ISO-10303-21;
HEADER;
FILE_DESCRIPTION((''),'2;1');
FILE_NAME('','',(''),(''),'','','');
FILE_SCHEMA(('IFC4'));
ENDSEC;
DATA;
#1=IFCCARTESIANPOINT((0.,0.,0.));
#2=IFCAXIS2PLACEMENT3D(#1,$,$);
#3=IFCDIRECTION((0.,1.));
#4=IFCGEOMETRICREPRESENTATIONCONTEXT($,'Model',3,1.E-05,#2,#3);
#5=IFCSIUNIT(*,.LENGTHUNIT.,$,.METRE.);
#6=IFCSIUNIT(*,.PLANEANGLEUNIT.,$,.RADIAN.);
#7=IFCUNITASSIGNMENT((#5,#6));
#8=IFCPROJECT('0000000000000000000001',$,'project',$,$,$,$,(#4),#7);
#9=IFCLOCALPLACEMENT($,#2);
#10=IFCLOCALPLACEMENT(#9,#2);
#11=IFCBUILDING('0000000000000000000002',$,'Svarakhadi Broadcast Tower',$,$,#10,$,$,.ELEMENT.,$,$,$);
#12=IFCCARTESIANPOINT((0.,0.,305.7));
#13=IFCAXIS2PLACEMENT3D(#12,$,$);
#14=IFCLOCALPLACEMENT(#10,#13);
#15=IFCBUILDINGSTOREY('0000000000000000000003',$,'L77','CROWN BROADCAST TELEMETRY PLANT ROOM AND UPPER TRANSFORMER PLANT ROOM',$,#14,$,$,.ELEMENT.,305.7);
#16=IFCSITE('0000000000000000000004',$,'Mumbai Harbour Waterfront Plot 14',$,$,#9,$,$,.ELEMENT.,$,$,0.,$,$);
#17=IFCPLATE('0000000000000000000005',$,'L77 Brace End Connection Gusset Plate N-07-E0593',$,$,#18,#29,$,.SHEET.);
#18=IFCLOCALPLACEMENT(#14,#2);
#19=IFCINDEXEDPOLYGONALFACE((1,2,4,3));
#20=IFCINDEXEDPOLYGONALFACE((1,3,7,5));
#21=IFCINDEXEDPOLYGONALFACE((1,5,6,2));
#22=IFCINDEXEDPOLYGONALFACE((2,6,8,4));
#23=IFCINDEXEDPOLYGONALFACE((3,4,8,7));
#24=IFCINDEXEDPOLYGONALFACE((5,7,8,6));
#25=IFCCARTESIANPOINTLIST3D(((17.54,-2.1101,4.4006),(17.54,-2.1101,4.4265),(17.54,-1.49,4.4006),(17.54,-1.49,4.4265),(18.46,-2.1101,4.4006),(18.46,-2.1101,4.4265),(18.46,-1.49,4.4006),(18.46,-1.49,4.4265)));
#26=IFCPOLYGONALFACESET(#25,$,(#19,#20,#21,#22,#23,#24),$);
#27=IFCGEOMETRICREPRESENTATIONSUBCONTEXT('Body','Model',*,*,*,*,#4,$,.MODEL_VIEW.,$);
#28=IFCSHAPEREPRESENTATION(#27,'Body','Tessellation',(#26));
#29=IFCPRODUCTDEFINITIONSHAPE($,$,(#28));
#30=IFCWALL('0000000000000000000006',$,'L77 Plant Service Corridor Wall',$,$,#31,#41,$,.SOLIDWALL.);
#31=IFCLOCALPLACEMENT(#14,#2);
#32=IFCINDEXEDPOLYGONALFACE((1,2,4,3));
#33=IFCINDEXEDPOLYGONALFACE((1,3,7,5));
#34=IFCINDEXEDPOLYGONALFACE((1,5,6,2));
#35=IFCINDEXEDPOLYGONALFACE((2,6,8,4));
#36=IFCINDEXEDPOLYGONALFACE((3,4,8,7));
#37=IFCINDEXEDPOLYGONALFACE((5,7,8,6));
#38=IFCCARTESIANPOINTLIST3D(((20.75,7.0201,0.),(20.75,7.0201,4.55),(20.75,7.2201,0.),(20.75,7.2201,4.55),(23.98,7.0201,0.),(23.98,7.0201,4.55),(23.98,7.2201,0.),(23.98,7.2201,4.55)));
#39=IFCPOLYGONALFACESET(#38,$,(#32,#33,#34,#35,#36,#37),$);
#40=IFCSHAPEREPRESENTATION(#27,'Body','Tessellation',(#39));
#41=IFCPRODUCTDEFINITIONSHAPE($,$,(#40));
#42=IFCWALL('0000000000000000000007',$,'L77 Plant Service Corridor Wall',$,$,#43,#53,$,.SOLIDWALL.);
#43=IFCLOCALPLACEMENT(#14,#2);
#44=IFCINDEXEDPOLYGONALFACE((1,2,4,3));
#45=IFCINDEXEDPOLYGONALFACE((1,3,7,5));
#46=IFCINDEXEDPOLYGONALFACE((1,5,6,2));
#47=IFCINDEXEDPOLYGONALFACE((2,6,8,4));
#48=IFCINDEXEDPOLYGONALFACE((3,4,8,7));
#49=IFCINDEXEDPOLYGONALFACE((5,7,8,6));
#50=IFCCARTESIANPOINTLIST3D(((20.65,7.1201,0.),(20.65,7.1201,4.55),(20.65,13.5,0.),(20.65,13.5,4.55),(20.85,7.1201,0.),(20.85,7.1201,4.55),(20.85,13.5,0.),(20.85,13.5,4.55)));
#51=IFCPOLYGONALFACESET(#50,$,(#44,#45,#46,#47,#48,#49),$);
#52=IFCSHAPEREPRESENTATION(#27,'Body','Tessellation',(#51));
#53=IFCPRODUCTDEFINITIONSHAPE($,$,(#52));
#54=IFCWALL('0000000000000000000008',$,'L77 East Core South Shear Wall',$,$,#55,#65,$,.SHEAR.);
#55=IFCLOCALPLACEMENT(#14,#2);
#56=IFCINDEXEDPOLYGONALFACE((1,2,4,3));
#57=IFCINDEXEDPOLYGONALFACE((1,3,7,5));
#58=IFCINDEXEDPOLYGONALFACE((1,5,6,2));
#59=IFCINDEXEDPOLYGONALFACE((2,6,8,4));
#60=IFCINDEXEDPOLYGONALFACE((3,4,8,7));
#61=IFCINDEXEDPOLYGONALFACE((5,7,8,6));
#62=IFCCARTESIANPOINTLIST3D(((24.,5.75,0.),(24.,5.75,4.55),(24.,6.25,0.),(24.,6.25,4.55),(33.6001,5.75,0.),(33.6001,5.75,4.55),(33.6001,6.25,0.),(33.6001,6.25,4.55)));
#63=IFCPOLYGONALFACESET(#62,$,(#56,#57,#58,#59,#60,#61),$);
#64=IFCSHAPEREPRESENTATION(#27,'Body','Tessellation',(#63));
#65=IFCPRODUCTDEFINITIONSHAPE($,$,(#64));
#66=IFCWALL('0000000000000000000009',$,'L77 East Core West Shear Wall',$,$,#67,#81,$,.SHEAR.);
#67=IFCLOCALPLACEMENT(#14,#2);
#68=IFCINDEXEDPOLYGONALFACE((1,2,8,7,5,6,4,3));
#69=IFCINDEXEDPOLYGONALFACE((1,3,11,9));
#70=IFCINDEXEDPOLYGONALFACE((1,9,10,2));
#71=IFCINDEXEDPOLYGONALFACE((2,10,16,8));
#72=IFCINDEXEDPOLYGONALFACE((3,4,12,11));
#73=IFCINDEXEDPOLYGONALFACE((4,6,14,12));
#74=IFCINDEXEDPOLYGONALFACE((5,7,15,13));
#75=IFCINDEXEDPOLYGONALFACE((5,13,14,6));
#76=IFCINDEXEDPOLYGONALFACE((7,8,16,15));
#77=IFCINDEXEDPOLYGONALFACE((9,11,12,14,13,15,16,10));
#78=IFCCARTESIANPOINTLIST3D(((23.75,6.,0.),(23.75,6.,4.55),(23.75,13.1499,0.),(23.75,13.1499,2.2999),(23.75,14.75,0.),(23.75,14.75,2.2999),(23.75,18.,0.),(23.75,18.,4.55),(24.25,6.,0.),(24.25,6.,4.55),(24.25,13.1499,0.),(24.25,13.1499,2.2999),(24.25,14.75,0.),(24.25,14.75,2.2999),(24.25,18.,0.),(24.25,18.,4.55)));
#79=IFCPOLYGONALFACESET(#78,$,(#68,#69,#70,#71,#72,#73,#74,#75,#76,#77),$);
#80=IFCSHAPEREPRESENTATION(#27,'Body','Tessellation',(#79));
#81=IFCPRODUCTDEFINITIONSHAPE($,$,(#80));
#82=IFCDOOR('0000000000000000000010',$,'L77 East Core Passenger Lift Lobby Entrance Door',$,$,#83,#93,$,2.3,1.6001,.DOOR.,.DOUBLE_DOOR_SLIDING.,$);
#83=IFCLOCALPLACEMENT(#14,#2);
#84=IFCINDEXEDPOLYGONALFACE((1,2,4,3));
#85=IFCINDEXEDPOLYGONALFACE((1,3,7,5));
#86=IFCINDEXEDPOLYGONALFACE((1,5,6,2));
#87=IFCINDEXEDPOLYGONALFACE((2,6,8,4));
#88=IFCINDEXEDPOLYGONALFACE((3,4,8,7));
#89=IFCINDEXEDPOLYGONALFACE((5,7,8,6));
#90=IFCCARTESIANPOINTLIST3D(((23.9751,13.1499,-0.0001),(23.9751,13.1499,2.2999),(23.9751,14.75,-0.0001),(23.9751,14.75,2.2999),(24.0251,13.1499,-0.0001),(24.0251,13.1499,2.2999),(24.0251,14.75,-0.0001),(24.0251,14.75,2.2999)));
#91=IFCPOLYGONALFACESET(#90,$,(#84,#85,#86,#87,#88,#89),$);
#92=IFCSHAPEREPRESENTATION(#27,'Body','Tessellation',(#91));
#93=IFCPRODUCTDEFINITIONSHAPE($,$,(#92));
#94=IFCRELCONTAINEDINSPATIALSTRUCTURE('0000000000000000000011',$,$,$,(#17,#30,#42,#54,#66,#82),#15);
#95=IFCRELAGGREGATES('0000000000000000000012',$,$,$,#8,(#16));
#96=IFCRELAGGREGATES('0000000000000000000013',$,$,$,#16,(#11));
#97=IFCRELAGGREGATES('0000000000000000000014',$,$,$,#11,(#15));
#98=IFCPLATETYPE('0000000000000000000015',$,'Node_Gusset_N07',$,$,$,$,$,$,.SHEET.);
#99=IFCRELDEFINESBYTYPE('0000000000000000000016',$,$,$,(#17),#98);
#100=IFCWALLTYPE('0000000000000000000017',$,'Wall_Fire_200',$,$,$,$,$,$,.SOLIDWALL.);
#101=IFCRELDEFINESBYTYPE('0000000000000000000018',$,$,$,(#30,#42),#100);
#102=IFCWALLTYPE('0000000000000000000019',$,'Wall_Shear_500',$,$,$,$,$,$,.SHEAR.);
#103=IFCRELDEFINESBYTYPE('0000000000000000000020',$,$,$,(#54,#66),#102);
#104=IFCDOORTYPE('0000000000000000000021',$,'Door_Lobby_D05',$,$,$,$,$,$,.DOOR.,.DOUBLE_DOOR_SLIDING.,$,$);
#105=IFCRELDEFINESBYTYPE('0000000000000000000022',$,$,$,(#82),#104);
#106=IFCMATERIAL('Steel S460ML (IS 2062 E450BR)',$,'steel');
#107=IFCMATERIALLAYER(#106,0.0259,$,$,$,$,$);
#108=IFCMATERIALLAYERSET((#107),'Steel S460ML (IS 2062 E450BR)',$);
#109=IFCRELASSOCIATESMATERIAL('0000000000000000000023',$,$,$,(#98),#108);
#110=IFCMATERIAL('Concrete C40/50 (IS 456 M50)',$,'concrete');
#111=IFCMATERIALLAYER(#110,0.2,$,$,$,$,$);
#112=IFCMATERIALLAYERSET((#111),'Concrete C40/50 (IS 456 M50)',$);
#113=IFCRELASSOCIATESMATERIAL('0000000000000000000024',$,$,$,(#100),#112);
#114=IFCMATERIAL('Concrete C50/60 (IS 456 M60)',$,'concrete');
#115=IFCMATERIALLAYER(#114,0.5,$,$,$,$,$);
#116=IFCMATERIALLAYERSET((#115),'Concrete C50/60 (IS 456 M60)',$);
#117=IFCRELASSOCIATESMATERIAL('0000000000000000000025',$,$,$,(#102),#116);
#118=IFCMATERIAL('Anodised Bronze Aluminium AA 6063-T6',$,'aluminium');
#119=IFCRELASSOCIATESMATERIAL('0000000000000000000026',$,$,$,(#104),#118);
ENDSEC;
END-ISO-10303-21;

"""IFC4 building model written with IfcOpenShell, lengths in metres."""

from ifc_helpers import new_model, si_unit, direction, frame, frame_2d, origin, origin_2d, place, context, subcontext, project, spatial, rectangle, extrude, material, layer, layer_set, type_object, element, fill, save


model = new_model("IFC4")

# Units and contexts
model_context = context("Model", 3, precision=1e-05, world=origin(), true_north=direction((0.0, 1.0)))
body_context = subcontext(model_context, "Body", "Model", "MODEL_VIEW")
ifc_project = project(units=[si_unit("LENGTHUNIT", "METRE"), si_unit("PLANEANGLEUNIT", "RADIAN")], contexts=[model_context])

# Site, building, storey
site_placement = place(None, origin())
site = spatial("IfcSite", under=ifc_project, at=site_placement, Name="Mumbai Harbour Waterfront Plot 14", CompositionType="ELEMENT", RefElevation=0.0)
building_placement = place(site_placement, origin())
building = spatial("IfcBuilding", under=site, at=building_placement, Name="Svarakhadi Broadcast Tower", CompositionType="ELEMENT")
storey_placement = place(building_placement, frame((0.0, 0.0, 305.7)))
storey = spatial("IfcBuildingStorey", under=building, at=storey_placement, Name="L77", Description="CROWN BROADCAST TELEMETRY PLANT ROOM AND UPPER TRANSFORMER PLANT ROOM", CompositionType="ELEMENT", Elevation=305.7)

# Shared definitions
ifc_material_1 = material(Name="Concrete C50/60 (IS 456 M60)", Category="concrete")
ifc_material_2 = material(Name="Steel S460ML (IS 2062 E450BR)", Category="steel")

# Plate
ifc_material_3 = material(Name="Anodised Bronze Aluminium AA 6063-T6", Category="aluminium")
ifc_layer_1 = layer(ifc_material_2, 0.0259)
ifc_layer_set_1 = layer_set([ifc_layer_1], Name="Steel S460ML (IS 2062 E450BR)")
plate_type_1 = type_object("IfcPlateType", Name="Node_Gusset_N07", PredefinedType="SHEET", material=ifc_layer_set_1)
plate_1_placement = place(storey_placement, frame((18.0, -1.8, 4.4006), z_axis=(0.0, 0.0, 1.0), x_axis=(1.0, 0.0, 0.0)))
element("IfcPlate", 1, at=plate_1_placement, inside=storey, type_object=plate_type_1, Name="L77 Brace End Connection Gusset Plate N-07-E0593", PredefinedType="SHEET", context=body_context, shape_type="SweptSolid", body=[
    extrude(rectangle(XDim=0.9199, YDim=0.6201, at=origin_2d()), origin(), (0.0, 0.0, 1.0), 0.0259),
])

# Walls
ifc_material_4 = material(Name="Concrete C40/50 (IS 456 M50)", Category="concrete")
ifc_layer_2 = layer(ifc_material_4, 0.2)
ifc_layer_set_2 = layer_set([ifc_layer_2], Name="Concrete C40/50 (IS 456 M50)")
wall_type_1 = type_object("IfcWallType", Name="Wall_Fire_200", PredefinedType="SOLIDWALL", material=ifc_layer_set_2)
wall_1_placement = place(storey_placement, frame((23.98, 7.1201, 0.0), z_axis=(0.0, 0.0, 1.0), x_axis=(-1.0, 0.0, 0.0)))
element("IfcWall", 2, at=wall_1_placement, inside=storey, type_object=wall_type_1, Name="L77 Plant Service Corridor Wall", PredefinedType="SOLIDWALL", context=body_context, shape_type="SweptSolid", body=[
    extrude(rectangle(XDim=3.23, YDim=0.2, at=frame_2d((1.615, 0.0))), origin(), (0.0, 0.0, 1.0), 4.55),
])
wall_2_placement = place(storey_placement, frame((20.75, 7.1201, 0.0), z_axis=(0.0, 0.0, 1.0), x_axis=(0.0, 1.0, 0.0)))
element("IfcWall", 3, at=wall_2_placement, inside=storey, type_object=wall_type_1, Name="L77 Plant Service Corridor Wall", PredefinedType="SOLIDWALL", context=body_context, shape_type="SweptSolid", body=[
    extrude(rectangle(XDim=6.3799, YDim=0.2, at=frame_2d((3.1899, 0.0))), origin(), (0.0, 0.0, 1.0), 4.55),
])
ifc_layer_3 = layer(ifc_material_1, 0.5)
ifc_layer_set_3 = layer_set([ifc_layer_3], Name="Concrete C50/60 (IS 456 M60)")
wall_type_2 = type_object("IfcWallType", Name="Wall_Shear_500", PredefinedType="SHEAR", material=ifc_layer_set_3)
wall_3_placement = place(storey_placement, frame((24.0, 6.0, 0.0), z_axis=(0.0, 0.0, 1.0), x_axis=(1.0, 0.0, 0.0)))
element("IfcWall", 4, at=wall_3_placement, inside=storey, type_object=wall_type_2, Name="L77 East Core South Shear Wall", PredefinedType="SHEAR", context=body_context, shape_type="SweptSolid", body=[
    extrude(rectangle(XDim=9.6001, YDim=0.5, at=frame_2d((4.8, 0.0))), origin(), (0.0, 0.0, 1.0), 4.55),
])

# Wall, opening, door
wall_4_placement = place(storey_placement, frame((24.0, 6.0, 0.0), z_axis=(0.0, 0.0, 1.0), x_axis=(0.0, 1.0, 0.0)))
wall_4 = element("IfcWall", 5, at=wall_4_placement, inside=storey, type_object=wall_type_2, Name="L77 East Core West Shear Wall", PredefinedType="SHEAR", context=body_context, shape_type="SweptSolid", body=[
    extrude(rectangle(XDim=12.0, YDim=0.5, at=frame_2d((6.0, 0.0))), origin(), (0.0, 0.0, 1.0), 4.55),
])
opening_placement = place(wall_4_placement, frame((7.1499, 0.0, 0.0)))
opening = element("IfcOpeningElement", 6, at=opening_placement, cuts=wall_4, PredefinedType="OPENING", context=body_context, shape_type="SweptSolid", body=[
    extrude(rectangle(XDim=1.6001, YDim=2.3, at=frame_2d((0.8, 1.1499))), frame((0.0, 0.26, 0.0), z_axis=(0.0, -1.0, 0.0), x_axis=(1.0, 0.0, 0.0)), (0.0, 0.0, 1.0), 0.52),
])
door_type = type_object("IfcDoorType", Name="Door_Lobby_D05", OperationType="DOUBLE_DOOR_SLIDING", PredefinedType="DOOR", material=ifc_material_3)
door_placement = place(opening_placement, origin())
door = element("IfcDoor", 7, at=door_placement, inside=storey, type_object=door_type, Name="L77 East Core Passenger Lift Lobby Entrance Door", OperationType="DOUBLE_DOOR_SLIDING", OverallHeight=2.3, OverallWidth=1.6001, PredefinedType="DOOR", context=body_context, shape_type="SweptSolid", body=[
    extrude(rectangle(XDim=1.6001, YDim=2.3, at=frame_2d((0.8, 1.1499))), frame((0.0, 0.0249, 0.0), z_axis=(0.0, -1.0, 0.0), x_axis=(1.0, 0.0, 0.0)), (0.0, 0.0, 1.0), 0.05),
])
fill(opening, door)

save(model, "model.ifc")
